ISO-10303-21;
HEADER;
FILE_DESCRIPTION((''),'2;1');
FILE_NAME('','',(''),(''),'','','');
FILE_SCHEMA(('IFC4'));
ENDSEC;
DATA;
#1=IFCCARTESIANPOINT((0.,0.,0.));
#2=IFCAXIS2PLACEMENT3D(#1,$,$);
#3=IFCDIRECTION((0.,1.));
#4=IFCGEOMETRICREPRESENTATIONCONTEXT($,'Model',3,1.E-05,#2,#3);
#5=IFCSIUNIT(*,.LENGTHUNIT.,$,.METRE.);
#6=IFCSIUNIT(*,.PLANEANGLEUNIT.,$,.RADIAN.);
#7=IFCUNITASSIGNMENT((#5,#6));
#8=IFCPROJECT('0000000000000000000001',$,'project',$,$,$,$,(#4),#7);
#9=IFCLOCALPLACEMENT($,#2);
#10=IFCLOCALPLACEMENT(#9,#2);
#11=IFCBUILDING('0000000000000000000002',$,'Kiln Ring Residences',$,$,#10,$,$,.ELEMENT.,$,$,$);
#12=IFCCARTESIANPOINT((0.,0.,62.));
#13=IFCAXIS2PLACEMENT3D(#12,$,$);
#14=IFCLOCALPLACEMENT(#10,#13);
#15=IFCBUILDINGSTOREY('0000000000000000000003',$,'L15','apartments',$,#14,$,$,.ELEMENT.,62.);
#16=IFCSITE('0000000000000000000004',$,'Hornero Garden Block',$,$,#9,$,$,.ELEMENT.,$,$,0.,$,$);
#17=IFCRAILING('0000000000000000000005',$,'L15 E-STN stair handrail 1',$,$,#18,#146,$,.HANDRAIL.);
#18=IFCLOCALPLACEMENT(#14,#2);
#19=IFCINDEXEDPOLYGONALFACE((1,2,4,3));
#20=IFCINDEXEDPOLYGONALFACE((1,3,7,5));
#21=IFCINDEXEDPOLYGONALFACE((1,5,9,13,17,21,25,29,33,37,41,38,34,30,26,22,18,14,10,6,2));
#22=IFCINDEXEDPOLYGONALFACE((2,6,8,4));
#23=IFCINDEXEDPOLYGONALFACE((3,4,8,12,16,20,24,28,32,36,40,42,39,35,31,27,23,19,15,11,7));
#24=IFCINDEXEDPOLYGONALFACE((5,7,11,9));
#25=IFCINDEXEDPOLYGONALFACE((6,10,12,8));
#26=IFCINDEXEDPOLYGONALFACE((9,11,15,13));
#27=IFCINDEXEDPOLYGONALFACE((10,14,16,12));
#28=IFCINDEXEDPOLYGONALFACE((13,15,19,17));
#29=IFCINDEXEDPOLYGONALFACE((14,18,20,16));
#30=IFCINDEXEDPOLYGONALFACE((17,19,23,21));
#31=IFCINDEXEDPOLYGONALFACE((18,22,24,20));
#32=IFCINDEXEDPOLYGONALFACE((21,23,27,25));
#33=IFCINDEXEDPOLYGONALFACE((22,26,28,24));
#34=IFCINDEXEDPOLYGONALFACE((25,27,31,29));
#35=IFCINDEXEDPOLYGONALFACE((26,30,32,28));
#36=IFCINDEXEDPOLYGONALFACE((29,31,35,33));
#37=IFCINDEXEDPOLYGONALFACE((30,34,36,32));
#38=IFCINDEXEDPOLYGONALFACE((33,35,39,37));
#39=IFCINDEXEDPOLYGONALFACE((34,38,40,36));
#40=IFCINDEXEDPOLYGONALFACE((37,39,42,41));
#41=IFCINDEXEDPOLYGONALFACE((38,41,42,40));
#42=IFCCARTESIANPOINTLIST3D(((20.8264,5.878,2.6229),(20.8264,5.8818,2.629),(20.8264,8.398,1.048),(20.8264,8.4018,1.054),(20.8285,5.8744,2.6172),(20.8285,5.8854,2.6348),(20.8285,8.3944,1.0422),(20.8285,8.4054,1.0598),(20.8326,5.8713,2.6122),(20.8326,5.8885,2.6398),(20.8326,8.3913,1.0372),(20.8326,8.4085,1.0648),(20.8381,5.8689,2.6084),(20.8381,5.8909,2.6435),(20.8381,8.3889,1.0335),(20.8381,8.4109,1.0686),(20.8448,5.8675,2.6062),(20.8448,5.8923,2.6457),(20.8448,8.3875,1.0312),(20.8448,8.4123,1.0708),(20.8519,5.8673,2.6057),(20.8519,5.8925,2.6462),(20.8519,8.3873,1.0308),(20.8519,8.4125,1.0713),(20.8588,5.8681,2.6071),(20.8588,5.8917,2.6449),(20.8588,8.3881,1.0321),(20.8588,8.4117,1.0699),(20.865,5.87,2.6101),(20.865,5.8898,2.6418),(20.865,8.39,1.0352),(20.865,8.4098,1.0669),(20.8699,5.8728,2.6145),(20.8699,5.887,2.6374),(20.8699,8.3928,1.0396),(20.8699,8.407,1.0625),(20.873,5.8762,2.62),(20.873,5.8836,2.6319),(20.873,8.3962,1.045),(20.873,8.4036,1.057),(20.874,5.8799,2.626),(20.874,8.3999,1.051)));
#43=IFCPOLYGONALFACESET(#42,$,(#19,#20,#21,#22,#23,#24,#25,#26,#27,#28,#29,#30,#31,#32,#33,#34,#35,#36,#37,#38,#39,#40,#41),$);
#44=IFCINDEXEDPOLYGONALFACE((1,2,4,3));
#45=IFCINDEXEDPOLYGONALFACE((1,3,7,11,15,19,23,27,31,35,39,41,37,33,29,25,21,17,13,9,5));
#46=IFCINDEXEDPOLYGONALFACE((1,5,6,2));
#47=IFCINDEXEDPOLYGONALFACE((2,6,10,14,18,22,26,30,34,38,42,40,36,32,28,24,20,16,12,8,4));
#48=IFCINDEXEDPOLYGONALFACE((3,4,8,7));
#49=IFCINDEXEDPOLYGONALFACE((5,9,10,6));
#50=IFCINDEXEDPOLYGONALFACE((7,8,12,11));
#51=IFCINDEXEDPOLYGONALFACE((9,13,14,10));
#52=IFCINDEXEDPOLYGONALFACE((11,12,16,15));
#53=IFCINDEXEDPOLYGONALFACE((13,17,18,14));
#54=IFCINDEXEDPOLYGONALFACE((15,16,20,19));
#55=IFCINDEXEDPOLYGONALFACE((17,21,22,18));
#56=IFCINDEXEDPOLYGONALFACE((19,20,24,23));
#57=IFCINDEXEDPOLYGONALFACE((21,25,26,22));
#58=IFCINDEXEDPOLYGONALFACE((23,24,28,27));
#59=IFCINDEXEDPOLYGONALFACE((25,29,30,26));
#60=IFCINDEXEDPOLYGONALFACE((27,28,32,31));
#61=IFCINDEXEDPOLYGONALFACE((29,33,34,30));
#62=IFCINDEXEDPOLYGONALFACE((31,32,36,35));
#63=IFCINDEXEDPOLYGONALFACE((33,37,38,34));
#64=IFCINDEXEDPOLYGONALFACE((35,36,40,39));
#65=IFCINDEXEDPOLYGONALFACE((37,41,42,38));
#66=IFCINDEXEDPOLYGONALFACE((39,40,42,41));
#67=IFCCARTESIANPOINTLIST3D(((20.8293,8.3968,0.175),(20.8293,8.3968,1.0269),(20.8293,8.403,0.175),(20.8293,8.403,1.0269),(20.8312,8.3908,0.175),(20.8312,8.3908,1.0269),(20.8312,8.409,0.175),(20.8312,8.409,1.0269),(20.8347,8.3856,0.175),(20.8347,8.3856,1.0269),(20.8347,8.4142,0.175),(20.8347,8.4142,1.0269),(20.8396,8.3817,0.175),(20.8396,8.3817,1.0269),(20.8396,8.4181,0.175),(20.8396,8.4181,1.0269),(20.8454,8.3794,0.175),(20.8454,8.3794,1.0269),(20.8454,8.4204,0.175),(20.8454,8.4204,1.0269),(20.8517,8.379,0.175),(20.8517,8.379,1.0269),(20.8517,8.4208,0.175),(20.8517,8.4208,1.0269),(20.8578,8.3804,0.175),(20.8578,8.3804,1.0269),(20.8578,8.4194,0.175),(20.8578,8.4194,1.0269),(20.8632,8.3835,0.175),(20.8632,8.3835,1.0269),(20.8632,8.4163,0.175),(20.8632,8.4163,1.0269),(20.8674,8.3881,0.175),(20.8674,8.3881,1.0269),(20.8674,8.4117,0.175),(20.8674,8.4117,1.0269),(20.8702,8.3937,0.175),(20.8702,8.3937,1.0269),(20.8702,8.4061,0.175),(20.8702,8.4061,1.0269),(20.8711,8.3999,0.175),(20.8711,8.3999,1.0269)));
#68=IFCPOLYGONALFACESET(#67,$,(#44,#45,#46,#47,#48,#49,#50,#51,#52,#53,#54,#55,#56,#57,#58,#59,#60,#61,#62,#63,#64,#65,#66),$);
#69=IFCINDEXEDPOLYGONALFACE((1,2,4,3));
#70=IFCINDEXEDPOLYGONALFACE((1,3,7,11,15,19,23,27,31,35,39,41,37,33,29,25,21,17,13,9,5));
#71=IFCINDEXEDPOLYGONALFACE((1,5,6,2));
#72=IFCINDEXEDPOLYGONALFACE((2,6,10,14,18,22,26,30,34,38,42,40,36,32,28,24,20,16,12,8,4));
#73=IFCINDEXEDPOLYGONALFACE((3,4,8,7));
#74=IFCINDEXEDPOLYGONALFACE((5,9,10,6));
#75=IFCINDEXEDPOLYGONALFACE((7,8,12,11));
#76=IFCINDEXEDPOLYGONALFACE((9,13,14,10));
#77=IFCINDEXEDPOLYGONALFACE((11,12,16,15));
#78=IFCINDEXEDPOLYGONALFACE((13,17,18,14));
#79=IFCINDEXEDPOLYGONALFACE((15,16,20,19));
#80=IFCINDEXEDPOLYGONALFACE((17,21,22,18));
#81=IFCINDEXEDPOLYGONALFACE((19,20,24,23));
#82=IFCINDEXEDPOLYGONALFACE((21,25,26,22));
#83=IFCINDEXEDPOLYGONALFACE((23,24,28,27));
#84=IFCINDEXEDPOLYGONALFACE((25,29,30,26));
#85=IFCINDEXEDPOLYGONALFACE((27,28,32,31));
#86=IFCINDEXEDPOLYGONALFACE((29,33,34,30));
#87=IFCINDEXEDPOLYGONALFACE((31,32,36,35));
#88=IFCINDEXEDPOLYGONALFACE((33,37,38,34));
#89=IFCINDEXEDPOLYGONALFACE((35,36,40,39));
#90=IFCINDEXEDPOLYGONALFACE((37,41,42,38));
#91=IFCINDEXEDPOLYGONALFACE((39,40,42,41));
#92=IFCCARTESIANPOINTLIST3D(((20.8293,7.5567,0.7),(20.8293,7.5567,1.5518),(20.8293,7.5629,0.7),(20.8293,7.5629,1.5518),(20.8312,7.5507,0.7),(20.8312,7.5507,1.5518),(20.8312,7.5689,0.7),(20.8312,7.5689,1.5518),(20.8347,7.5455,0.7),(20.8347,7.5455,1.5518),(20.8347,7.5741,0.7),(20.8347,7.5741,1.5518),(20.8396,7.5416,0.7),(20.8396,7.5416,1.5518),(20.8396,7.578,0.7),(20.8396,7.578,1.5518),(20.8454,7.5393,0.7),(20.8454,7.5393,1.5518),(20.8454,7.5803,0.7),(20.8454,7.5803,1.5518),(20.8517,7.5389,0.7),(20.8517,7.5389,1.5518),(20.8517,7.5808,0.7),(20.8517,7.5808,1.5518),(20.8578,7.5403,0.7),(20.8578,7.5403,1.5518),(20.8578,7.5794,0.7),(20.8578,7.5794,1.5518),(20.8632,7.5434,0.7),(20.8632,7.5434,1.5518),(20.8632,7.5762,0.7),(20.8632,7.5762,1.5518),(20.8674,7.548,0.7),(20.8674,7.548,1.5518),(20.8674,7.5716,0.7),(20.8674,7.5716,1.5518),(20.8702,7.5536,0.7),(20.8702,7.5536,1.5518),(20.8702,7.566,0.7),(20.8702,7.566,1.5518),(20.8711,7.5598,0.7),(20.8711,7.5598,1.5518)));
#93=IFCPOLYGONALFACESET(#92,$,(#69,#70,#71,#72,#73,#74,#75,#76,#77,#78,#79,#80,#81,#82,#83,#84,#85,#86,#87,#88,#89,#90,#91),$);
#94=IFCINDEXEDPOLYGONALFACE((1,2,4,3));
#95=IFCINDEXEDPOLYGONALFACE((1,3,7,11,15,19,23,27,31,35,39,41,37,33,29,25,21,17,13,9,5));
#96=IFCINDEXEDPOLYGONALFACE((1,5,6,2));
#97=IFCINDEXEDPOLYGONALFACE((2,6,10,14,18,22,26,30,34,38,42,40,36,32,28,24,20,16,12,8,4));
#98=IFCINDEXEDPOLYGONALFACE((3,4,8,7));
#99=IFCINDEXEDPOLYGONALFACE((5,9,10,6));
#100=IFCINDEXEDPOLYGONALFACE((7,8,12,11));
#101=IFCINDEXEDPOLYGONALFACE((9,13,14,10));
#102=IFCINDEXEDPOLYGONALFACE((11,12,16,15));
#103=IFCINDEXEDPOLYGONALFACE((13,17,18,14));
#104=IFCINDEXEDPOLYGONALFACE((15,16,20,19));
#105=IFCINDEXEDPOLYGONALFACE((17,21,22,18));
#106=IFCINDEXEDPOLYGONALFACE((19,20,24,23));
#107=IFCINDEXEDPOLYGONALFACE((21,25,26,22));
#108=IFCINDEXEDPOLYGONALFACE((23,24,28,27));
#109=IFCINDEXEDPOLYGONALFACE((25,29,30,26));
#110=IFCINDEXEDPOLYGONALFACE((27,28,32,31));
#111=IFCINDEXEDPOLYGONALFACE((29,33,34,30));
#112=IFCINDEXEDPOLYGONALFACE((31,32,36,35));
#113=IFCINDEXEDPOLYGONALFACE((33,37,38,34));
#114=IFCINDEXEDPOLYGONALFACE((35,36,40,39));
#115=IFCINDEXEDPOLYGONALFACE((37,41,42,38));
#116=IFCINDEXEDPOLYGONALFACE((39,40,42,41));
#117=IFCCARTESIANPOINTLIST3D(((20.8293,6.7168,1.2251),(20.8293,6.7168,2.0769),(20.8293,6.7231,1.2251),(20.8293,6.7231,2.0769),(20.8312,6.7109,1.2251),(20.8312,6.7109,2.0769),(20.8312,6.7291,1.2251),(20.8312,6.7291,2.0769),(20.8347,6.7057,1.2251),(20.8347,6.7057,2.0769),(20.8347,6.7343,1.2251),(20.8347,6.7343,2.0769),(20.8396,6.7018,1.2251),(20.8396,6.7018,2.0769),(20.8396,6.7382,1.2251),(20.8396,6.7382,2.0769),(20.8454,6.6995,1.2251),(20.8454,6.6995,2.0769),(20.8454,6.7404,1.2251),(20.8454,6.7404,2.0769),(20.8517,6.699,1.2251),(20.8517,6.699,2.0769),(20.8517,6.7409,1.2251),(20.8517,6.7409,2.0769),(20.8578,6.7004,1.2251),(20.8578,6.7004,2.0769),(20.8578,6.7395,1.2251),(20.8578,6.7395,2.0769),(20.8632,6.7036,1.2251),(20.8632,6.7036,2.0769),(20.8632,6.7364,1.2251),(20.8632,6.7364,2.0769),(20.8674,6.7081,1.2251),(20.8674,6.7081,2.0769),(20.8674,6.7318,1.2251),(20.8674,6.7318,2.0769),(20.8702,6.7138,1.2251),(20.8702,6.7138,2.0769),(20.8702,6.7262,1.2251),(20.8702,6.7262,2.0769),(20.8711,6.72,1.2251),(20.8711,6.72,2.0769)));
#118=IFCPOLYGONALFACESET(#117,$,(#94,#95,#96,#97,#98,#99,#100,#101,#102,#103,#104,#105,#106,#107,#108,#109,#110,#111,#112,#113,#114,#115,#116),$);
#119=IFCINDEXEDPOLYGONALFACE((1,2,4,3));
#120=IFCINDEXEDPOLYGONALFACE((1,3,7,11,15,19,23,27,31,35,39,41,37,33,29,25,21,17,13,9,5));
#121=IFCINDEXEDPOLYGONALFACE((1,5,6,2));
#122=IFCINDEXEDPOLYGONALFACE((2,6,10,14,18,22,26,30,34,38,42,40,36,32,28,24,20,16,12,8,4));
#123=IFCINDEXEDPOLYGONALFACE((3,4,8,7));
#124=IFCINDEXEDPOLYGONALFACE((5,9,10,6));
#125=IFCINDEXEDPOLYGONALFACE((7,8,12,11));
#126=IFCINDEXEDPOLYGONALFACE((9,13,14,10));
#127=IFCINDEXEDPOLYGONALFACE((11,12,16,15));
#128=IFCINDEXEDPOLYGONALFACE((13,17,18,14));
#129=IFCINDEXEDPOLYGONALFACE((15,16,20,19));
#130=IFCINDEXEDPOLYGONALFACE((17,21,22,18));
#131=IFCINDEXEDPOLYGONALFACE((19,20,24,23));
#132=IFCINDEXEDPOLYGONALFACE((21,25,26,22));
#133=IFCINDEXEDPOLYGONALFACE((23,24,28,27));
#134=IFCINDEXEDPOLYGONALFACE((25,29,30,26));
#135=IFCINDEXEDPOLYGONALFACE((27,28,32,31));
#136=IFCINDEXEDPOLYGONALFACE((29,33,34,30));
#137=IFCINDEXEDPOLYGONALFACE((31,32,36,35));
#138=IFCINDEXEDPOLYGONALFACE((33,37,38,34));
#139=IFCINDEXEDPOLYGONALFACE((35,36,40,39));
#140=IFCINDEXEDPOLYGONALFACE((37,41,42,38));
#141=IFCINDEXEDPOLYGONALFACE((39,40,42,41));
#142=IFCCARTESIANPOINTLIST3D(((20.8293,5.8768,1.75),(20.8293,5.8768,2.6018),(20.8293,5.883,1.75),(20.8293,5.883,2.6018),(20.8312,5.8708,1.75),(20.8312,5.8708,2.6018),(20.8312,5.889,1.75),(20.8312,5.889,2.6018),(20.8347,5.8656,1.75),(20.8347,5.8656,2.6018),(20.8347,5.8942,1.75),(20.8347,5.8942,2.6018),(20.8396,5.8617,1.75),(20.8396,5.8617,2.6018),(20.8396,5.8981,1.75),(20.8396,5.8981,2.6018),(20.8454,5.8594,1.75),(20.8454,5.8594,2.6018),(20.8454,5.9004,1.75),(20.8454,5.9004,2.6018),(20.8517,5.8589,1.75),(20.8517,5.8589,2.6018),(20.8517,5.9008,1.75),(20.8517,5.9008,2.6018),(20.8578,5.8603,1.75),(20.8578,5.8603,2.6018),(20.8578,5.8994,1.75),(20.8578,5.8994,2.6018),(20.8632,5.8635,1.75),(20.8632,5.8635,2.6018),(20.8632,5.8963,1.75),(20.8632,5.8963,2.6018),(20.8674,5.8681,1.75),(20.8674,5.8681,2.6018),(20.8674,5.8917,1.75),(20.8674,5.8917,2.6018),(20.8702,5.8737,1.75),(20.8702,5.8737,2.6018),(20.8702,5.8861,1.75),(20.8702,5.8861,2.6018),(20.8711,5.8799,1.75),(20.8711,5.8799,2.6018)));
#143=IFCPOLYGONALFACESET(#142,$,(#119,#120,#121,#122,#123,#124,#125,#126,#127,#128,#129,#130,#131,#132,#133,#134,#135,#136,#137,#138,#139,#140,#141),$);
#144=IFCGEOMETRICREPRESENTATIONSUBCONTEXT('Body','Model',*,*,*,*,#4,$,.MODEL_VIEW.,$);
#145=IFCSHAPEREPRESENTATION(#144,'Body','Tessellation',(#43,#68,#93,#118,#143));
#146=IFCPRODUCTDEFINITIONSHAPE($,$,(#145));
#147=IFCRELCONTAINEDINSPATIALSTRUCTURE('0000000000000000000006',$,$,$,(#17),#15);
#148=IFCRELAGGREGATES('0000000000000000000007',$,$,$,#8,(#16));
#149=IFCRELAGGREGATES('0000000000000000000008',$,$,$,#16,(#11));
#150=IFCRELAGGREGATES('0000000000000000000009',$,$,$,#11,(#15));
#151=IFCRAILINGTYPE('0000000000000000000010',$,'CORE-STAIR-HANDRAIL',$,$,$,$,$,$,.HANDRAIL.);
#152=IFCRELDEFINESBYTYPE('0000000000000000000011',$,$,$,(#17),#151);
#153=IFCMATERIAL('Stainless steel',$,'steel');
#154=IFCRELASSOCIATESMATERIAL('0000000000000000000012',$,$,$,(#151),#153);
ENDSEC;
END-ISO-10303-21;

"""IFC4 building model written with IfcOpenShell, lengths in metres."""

from ifc_helpers import new_model, si_unit, direction, frame, origin, origin_2d, place, context, subcontext, project, spatial, circle, extrude, material, type_object, element, save


model = new_model("IFC4")

# Units and contexts
model_context = context("Model", 3, precision=1e-05, world=origin(), true_north=direction((0.0, 1.0)))
body_context = subcontext(model_context, "Body", "Model", "MODEL_VIEW")
ifc_project = project(units=[si_unit("LENGTHUNIT", "METRE"), si_unit("PLANEANGLEUNIT", "RADIAN")], contexts=[model_context])

# Site, building, storey
site_placement = place(None, origin())
site = spatial("IfcSite", under=ifc_project, at=site_placement, Name="Hornero Garden Block", CompositionType="ELEMENT", RefElevation=0.0)
building_placement = place(site_placement, origin())
building = spatial("IfcBuilding", under=site, at=building_placement, Name="Kiln Ring Residences", CompositionType="ELEMENT")
storey_placement = place(building_placement, frame((0.0, 0.0, 62.0)))
storey = spatial("IfcBuildingStorey", under=building, at=storey_placement, Name="L15", Description="apartments", CompositionType="ELEMENT", Elevation=62.0)

# Railing
ifc_material_1 = material(Name="Stainless steel", Category="steel")
railing_type_1 = type_object("IfcRailingType", Name="CORE-STAIR-HANDRAIL", PredefinedType="HANDRAIL", material=ifc_material_1)
railing_1_placement = place(storey_placement, frame((20.8501, 8.3999, 0.175)))
element("IfcRailing", 1, at=railing_1_placement, inside=storey, type_object=railing_type_1, Name="L15 E-STN stair handrail 1", PredefinedType="HANDRAIL", context=body_context, shape_type="SweptSolid", body=[
    extrude(circle(Radius=0.0239, at=origin_2d()), frame((0.0, 0.0, 0.876), z_axis=(0.0, -0.848008, 0.529984), x_axis=(1.0, 0.0, 0.0)), (0.0, 0.0, 1.0), 2.9717),
    extrude(circle(Radius=0.021, at=origin_2d()), origin(), (0.0, 0.0, 1.0), 0.8518),
    extrude(circle(Radius=0.021, at=origin_2d()), frame((0.0, -0.8401, 0.5249)), (0.0, 0.0, 1.0), 0.8518),
    extrude(circle(Radius=0.021, at=origin_2d()), frame((0.0, -1.6799, 1.05)), (0.0, 0.0, 1.0), 0.8518),
    extrude(circle(Radius=0.021, at=origin_2d()), frame((0.0, -2.52, 1.575)), (0.0, 0.0, 1.0), 0.8518),
])

save(model, "model.ifc")
